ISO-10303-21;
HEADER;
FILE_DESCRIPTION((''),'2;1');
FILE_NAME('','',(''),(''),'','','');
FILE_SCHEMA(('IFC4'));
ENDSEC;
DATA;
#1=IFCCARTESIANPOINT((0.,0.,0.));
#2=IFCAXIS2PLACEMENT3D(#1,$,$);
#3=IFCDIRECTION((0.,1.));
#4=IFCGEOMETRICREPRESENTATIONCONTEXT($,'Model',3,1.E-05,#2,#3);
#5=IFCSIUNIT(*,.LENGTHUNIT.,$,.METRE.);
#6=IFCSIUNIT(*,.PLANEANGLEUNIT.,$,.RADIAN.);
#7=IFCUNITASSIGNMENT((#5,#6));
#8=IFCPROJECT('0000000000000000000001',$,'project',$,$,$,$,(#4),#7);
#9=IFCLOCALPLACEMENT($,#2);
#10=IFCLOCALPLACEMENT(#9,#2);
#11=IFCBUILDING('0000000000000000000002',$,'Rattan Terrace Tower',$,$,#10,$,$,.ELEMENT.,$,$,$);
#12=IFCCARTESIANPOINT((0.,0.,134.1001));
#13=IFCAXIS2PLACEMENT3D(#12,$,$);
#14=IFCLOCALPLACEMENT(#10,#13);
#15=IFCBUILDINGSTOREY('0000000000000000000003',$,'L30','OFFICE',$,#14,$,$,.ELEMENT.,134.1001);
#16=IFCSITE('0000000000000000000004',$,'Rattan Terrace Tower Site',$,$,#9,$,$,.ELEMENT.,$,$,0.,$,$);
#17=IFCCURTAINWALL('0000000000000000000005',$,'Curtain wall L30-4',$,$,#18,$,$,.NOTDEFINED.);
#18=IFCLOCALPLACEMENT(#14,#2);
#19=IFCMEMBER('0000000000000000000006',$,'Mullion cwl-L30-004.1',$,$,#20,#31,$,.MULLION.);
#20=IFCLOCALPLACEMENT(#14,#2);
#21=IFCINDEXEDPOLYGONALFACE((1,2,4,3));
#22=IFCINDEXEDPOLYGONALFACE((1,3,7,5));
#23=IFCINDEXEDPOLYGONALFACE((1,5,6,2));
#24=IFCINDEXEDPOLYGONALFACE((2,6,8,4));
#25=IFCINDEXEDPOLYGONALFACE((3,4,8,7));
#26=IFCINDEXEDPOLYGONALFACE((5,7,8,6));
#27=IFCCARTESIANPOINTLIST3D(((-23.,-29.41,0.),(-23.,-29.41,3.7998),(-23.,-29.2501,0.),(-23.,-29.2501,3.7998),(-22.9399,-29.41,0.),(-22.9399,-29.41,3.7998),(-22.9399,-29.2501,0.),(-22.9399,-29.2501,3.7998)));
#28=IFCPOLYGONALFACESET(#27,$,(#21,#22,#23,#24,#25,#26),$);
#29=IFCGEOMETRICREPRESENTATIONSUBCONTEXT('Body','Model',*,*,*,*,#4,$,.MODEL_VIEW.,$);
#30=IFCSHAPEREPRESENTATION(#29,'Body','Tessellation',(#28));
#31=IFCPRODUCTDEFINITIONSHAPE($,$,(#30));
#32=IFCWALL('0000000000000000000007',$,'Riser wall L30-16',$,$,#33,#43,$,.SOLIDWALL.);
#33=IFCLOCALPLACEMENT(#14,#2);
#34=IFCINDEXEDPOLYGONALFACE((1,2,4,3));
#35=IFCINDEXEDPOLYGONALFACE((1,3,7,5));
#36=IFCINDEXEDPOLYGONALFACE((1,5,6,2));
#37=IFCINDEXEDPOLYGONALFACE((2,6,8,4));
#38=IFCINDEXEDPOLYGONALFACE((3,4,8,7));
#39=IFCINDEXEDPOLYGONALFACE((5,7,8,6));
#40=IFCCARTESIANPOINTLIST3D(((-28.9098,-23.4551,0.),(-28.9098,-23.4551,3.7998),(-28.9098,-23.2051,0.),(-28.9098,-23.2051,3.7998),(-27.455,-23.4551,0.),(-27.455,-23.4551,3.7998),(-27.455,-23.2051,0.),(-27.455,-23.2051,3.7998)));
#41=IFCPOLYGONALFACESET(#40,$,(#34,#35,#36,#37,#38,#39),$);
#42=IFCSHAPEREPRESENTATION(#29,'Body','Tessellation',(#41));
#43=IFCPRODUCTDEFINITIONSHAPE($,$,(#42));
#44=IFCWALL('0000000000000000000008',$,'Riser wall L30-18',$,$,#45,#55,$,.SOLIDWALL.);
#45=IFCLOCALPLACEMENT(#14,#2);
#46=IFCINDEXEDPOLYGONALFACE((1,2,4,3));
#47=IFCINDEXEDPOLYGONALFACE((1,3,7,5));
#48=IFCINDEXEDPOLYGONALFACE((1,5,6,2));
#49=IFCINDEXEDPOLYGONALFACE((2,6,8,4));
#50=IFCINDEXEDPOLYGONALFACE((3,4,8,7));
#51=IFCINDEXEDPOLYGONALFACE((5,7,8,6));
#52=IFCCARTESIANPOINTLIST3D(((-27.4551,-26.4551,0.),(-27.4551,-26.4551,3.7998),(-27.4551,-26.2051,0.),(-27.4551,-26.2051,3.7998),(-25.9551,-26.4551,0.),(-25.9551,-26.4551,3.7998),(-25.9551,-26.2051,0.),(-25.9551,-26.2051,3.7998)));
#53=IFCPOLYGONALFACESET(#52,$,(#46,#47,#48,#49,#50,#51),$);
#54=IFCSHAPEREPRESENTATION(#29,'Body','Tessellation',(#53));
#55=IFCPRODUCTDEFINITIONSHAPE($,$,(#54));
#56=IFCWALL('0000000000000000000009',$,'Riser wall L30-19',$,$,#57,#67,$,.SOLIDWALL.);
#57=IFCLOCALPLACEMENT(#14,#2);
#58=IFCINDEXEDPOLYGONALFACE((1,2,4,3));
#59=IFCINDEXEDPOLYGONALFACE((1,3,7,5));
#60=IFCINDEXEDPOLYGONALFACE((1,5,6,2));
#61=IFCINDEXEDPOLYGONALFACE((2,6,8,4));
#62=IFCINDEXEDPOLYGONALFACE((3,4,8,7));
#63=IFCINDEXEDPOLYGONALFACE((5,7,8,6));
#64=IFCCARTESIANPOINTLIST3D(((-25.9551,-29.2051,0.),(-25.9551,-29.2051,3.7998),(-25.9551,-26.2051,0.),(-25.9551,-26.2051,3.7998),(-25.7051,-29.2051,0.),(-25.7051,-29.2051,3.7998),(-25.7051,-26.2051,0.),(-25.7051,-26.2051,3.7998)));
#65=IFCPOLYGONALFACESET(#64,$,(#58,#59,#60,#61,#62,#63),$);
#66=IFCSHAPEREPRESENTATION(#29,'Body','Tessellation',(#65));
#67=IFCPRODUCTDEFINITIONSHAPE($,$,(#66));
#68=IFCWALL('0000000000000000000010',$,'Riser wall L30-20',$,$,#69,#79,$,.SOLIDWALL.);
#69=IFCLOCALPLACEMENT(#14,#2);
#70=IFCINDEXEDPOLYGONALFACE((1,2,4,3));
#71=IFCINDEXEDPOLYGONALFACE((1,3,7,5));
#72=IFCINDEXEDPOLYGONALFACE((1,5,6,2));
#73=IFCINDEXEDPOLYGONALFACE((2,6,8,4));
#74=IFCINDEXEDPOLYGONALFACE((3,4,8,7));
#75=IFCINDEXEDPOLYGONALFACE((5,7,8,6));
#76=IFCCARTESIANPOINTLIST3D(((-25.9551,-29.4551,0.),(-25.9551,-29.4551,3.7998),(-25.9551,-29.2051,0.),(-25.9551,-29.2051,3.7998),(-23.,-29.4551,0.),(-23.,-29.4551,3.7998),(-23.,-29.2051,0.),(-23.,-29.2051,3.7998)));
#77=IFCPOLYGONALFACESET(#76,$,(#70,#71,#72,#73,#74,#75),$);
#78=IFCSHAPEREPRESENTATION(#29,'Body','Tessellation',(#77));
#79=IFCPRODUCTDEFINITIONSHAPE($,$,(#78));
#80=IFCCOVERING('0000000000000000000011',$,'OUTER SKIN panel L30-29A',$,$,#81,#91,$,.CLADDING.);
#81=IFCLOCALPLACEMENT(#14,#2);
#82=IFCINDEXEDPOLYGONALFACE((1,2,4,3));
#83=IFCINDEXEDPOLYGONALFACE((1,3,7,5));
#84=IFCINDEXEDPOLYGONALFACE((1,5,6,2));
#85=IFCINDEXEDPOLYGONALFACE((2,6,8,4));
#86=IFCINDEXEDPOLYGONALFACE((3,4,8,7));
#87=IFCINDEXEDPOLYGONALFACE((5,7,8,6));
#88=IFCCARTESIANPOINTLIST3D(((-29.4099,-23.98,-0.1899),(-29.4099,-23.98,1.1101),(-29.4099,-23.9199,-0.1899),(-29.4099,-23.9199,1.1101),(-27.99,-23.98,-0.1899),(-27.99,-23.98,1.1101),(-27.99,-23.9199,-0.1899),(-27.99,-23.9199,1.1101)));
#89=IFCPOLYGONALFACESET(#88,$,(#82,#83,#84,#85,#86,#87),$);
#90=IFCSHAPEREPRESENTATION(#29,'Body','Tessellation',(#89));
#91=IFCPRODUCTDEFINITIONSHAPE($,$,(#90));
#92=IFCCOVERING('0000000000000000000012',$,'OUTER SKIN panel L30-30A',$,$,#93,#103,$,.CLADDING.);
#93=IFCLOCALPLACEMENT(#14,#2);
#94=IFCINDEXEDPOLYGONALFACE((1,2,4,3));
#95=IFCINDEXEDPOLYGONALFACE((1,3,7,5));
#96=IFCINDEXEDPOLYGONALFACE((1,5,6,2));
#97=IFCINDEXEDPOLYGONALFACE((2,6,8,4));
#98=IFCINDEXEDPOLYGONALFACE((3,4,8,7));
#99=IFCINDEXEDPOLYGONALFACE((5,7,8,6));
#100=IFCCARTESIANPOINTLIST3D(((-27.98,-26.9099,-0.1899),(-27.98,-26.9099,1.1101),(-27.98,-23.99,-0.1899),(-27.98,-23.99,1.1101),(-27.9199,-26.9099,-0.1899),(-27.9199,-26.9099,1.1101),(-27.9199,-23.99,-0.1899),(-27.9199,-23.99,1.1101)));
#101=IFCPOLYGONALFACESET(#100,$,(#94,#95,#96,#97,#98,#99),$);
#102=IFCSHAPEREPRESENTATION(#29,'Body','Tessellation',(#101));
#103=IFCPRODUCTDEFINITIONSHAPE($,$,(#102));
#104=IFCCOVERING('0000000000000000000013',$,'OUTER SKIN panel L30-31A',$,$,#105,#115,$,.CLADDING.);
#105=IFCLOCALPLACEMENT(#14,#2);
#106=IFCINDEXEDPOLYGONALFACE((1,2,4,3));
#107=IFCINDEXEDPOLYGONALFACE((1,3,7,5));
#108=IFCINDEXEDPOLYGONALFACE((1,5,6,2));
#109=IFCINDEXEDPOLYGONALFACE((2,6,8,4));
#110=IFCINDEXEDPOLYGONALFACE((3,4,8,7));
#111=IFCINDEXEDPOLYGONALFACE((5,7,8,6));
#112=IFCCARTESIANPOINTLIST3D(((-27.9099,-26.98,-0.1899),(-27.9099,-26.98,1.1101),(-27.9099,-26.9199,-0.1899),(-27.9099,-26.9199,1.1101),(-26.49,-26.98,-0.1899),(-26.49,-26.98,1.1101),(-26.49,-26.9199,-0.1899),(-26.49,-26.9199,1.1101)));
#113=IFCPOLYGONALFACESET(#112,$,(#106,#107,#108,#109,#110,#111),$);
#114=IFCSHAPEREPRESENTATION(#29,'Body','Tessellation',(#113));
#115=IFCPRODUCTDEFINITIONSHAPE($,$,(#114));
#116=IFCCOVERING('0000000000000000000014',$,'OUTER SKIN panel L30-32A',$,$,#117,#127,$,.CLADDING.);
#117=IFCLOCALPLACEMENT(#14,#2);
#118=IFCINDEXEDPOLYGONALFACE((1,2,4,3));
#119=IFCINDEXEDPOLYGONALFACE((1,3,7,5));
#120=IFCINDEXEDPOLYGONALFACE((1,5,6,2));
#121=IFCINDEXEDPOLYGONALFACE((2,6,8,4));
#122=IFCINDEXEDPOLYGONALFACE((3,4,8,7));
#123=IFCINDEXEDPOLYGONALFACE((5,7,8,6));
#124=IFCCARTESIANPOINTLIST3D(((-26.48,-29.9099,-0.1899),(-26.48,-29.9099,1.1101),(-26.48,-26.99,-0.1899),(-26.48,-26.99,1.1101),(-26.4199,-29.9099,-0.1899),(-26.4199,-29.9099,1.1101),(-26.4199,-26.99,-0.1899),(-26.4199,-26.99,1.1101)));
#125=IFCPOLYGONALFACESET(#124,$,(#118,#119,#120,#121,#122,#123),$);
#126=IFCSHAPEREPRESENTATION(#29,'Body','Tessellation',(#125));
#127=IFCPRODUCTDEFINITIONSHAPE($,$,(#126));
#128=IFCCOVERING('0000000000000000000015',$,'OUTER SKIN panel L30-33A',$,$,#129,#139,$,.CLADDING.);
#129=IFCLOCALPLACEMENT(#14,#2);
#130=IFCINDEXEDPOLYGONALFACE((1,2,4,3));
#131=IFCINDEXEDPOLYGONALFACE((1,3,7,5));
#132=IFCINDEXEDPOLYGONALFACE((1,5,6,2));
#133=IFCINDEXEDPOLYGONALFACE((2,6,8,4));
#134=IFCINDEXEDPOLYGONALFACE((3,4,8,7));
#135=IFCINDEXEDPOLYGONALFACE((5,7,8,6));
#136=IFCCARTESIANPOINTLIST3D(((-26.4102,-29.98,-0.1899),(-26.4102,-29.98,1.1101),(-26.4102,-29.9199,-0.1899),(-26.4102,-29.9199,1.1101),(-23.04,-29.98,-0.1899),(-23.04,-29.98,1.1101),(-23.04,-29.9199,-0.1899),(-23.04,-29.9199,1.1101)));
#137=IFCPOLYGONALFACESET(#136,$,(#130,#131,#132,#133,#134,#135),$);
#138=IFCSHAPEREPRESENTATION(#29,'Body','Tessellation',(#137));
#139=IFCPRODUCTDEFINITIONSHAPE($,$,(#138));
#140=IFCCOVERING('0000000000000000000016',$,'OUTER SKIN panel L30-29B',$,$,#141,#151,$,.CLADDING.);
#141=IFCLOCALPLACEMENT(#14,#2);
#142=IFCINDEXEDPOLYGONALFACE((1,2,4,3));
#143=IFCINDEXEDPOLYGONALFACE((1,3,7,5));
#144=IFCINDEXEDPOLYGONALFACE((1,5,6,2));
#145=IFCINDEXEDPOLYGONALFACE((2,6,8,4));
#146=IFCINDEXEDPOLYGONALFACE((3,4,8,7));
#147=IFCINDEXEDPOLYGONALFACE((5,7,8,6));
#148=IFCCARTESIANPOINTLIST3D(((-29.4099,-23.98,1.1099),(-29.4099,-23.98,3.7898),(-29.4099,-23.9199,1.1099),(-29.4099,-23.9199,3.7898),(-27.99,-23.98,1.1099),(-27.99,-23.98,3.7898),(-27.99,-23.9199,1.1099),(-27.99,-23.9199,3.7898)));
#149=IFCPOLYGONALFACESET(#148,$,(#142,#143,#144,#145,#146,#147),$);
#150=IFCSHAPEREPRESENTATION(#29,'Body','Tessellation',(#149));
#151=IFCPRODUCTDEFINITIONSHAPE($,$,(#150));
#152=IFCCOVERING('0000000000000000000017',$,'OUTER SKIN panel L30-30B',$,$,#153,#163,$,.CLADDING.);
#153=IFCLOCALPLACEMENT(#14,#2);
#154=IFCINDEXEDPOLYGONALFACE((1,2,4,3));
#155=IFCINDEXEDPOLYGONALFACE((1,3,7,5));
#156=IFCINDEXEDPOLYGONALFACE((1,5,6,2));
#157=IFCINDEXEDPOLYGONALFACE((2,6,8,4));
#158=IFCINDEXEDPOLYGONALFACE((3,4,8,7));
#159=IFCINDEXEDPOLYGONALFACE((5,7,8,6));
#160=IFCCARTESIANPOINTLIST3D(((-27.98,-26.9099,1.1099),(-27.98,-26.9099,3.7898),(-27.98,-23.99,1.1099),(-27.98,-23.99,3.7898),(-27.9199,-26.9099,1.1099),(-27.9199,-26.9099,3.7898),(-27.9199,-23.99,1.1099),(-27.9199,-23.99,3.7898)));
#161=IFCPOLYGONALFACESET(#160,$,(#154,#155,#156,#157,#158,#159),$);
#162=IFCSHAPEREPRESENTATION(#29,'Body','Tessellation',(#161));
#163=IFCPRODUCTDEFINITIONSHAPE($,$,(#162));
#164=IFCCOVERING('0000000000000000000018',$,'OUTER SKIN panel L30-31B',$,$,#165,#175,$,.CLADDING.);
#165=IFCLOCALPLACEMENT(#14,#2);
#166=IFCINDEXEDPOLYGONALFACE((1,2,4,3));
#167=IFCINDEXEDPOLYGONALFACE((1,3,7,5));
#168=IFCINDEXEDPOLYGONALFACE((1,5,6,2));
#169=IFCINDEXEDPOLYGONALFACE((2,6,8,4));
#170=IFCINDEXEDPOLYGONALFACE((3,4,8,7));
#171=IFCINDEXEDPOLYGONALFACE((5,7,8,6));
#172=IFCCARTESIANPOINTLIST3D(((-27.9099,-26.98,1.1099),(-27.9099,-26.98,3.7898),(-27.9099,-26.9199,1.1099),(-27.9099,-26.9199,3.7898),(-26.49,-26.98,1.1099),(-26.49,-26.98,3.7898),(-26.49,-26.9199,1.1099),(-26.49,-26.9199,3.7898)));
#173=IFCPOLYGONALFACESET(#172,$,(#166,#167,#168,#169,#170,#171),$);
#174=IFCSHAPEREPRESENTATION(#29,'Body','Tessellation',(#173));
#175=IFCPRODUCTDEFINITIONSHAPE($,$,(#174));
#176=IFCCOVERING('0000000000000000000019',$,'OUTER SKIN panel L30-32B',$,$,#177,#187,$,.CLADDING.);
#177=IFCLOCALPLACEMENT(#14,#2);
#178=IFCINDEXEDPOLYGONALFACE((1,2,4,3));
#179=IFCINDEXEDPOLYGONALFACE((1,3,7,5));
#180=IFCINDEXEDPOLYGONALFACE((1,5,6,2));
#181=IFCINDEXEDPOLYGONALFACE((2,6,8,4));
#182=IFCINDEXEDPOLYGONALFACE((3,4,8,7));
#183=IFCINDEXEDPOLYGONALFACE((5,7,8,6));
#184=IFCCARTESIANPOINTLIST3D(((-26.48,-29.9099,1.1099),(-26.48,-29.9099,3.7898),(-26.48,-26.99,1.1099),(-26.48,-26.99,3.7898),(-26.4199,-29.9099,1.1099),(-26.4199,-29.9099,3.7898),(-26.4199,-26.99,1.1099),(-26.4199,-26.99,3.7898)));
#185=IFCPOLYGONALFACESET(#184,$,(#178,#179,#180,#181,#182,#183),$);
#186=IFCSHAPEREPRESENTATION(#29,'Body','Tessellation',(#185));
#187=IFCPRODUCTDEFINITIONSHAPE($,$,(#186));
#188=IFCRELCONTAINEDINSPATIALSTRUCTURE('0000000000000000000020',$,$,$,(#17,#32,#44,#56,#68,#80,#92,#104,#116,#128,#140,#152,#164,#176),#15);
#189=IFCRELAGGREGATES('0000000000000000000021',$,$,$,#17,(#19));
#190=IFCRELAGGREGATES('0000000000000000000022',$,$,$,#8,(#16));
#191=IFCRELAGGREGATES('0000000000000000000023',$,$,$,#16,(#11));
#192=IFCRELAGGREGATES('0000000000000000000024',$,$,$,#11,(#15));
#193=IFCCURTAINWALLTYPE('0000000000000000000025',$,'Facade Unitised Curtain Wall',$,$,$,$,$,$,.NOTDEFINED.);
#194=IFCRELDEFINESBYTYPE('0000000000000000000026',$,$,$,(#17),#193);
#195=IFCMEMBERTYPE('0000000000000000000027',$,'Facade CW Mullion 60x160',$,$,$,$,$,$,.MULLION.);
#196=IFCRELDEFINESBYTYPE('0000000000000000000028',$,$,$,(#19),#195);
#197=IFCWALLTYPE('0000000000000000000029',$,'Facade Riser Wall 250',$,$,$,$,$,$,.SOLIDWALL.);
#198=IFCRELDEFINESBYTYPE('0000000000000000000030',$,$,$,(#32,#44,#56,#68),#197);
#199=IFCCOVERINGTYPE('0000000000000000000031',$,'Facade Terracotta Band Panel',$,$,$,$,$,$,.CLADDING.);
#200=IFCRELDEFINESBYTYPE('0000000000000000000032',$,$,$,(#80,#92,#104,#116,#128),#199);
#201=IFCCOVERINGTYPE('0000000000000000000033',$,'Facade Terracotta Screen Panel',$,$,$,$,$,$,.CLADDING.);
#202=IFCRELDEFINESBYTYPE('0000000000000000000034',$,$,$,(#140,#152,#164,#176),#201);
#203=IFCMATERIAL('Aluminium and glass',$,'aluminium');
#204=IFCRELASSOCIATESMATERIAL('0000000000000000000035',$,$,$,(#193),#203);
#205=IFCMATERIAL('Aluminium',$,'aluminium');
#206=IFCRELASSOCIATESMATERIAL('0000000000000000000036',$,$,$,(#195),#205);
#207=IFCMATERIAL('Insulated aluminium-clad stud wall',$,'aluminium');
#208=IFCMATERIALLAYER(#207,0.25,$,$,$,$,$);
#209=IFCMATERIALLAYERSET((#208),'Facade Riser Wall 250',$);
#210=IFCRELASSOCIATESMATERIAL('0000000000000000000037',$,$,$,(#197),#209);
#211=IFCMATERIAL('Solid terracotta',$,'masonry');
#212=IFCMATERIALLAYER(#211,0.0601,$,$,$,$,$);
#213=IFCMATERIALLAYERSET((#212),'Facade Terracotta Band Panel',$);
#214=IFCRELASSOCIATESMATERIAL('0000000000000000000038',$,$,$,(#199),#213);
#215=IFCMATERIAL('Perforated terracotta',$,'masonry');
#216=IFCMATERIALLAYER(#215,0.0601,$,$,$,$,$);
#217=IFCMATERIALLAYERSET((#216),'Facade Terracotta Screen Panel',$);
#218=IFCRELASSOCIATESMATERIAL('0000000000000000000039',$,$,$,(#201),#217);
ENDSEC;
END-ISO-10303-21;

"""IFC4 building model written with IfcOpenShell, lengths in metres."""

from ifc_helpers import new_model, si_unit, direction, frame, frame_2d, origin, origin_2d, place, context, subcontext, project, spatial, rectangle, extrude, material, layer, layer_set, material_profile, profile_set, type_object, element, aggregate, save


model = new_model("IFC4")

# Units and contexts
model_context = context("Model", 3, precision=1e-05, world=origin(), true_north=direction((0.0, 1.0)))
body_context = subcontext(model_context, "Body", "Model", "MODEL_VIEW")
ifc_project = project(units=[si_unit("LENGTHUNIT", "METRE"), si_unit("PLANEANGLEUNIT", "RADIAN")], contexts=[model_context])

# Site, building, storey
site_placement = place(None, origin())
site = spatial("IfcSite", under=ifc_project, at=site_placement, Name="Rattan Terrace Tower Site", CompositionType="ELEMENT", RefElevation=0.0)
building_placement = place(site_placement, origin())
building = spatial("IfcBuilding", under=site, at=building_placement, Name="Rattan Terrace Tower", CompositionType="ELEMENT")
storey_placement = place(building_placement, frame((0.0, 0.0, 134.1001)))
storey = spatial("IfcBuildingStorey", under=building, at=storey_placement, Name="L30", Description="OFFICE", CompositionType="ELEMENT", Elevation=134.1001)

# Curtain wall, member
ifc_material_1 = material(Name="Aluminium and glass", Category="aluminium")
curtain_wall_type = type_object("IfcCurtainWallType", Name="Facade Unitised Curtain Wall", PredefinedType="NOTDEFINED", material=ifc_material_1)
curtain_wall_placement = place(storey_placement, origin())
curtain_wall = element("IfcCurtainWall", 1, at=curtain_wall_placement, inside=storey, type_object=curtain_wall_type, Name="Curtain wall L30-4", PredefinedType="NOTDEFINED")
ifc_material_2 = material(Name="Aluminium", Category="aluminium")
ifc_material_profile = material_profile(ifc_material_2, rectangle(XDim=0.0601, YDim=0.1599, at=origin_2d()), Name="Aluminium 60x160")
ifc_profile_set = profile_set([ifc_material_profile], Name="Aluminium")
member_type = type_object("IfcMemberType", Name="Facade CW Mullion 60x160", PredefinedType="MULLION", material=ifc_profile_set)
member_placement = place(storey_placement, frame((-22.97, -29.3301, 0.0), z_axis=(0.0, 0.0, 1.0), x_axis=(1.0, 0.0, 0.0)))
member = element("IfcMember", 2, at=member_placement, type_object=member_type, Name="Mullion cwl-L30-004.1", PredefinedType="MULLION", context=body_context, shape_type="SweptSolid", body=[
    extrude(rectangle(XDim=0.0601, YDim=0.1599, at=origin_2d()), origin(), (0.0, 0.0, 1.0), 3.7998),
])
aggregate(curtain_wall, [member])

# Walls
ifc_material_3 = material(Name="Insulated aluminium-clad stud wall", Category="aluminium")
ifc_layer_1 = layer(ifc_material_3, 0.25)
ifc_layer_set_1 = layer_set([ifc_layer_1], Name="Facade Riser Wall 250")
wall_type = type_object("IfcWallType", Name="Facade Riser Wall 250", PredefinedType="SOLIDWALL", material=ifc_layer_set_1)
wall_1_placement = place(storey_placement, frame((-28.9099, -23.3301, 0.0), z_axis=(0.0, 0.0, 1.0), x_axis=(1.0, 0.0, 0.0)))
element("IfcWall", 3, at=wall_1_placement, inside=storey, type_object=wall_type, Name="Riser wall L30-16", PredefinedType="SOLIDWALL", context=body_context, shape_type="SweptSolid", body=[
    extrude(rectangle(XDim=1.4548, YDim=0.25, at=frame_2d((0.7275, 0.0))), origin(), (0.0, 0.0, 1.0), 3.7998),
])
wall_2_placement = place(storey_placement, frame((-27.4551, -26.3301, 0.0), z_axis=(0.0, 0.0, 1.0), x_axis=(1.0, 0.0, 0.0)))
element("IfcWall", 4, at=wall_2_placement, inside=storey, type_object=wall_type, Name="Riser wall L30-18", PredefinedType="SOLIDWALL", context=body_context, shape_type="SweptSolid", body=[
    extrude(rectangle(XDim=1.5, YDim=0.25, at=frame_2d((0.75, 0.0))), origin(), (0.0, 0.0, 1.0), 3.7998),
])
wall_3_placement = place(storey_placement, frame((-25.8301, -26.2051, 0.0), z_axis=(0.0, 0.0, 1.0), x_axis=(0.0, -1.0, 0.0)))
element("IfcWall", 5, at=wall_3_placement, inside=storey, type_object=wall_type, Name="Riser wall L30-19", PredefinedType="SOLIDWALL", context=body_context, shape_type="SweptSolid", body=[
    extrude(rectangle(XDim=3.0, YDim=0.25, at=frame_2d((1.5, 0.0))), origin(), (0.0, 0.0, 1.0), 3.7998),
])
wall_4_placement = place(storey_placement, frame((-25.9551, -29.3301, 0.0), z_axis=(0.0, 0.0, 1.0), x_axis=(1.0, 0.0, 0.0)))
element("IfcWall", 6, at=wall_4_placement, inside=storey, type_object=wall_type, Name="Riser wall L30-20", PredefinedType="SOLIDWALL", context=body_context, shape_type="SweptSolid", body=[
    extrude(rectangle(XDim=2.9551, YDim=0.25, at=frame_2d((1.4775, 0.0))), origin(), (0.0, 0.0, 1.0), 3.7998),
])

# Coverings
ifc_material_4 = material(Name="Solid terracotta", Category="masonry")
ifc_layer_2 = layer(ifc_material_4, 0.0601)
ifc_layer_set_2 = layer_set([ifc_layer_2], Name="Facade Terracotta Band Panel")
covering_type_1 = type_object("IfcCoveringType", Name="Facade Terracotta Band Panel", PredefinedType="CLADDING", material=ifc_layer_set_2)
covering_1_placement = place(storey_placement, frame((-28.7, -23.95, -0.1899), z_axis=(0.0, 0.0, 1.0), x_axis=(1.0, 0.0, 0.0)))
element("IfcCovering", 7, at=covering_1_placement, inside=storey, type_object=covering_type_1, Name="OUTER SKIN panel L30-29A", PredefinedType="CLADDING", context=body_context, shape_type="SweptSolid", body=[
    extrude(rectangle(XDim=1.4199, YDim=0.0601, at=origin_2d()), origin(), (0.0, 0.0, 1.0), 1.3),
])
covering_2_placement = place(storey_placement, frame((-27.95, -25.45, -0.1899), z_axis=(0.0, 0.0, 1.0), x_axis=(0.0, -1.0, 0.0)))
element("IfcCovering", 8, at=covering_2_placement, inside=storey, type_object=covering_type_1, Name="OUTER SKIN panel L30-30A", PredefinedType="CLADDING", context=body_context, shape_type="SweptSolid", body=[
    extrude(rectangle(XDim=2.9199, YDim=0.0601, at=origin_2d()), origin(), (0.0, 0.0, 1.0), 1.3),
])
covering_3_placement = place(storey_placement, frame((-27.2, -26.95, -0.1899), z_axis=(0.0, 0.0, 1.0), x_axis=(1.0, 0.0, 0.0)))
element("IfcCovering", 9, at=covering_3_placement, inside=storey, type_object=covering_type_1, Name="OUTER SKIN panel L30-31A", PredefinedType="CLADDING", context=body_context, shape_type="SweptSolid", body=[
    extrude(rectangle(XDim=1.4199, YDim=0.0601, at=origin_2d()), origin(), (0.0, 0.0, 1.0), 1.3),
])
covering_4_placement = place(storey_placement, frame((-26.45, -28.45, -0.1899), z_axis=(0.0, 0.0, 1.0), x_axis=(0.0, -1.0, 0.0)))
element("IfcCovering", 10, at=covering_4_placement, inside=storey, type_object=covering_type_1, Name="OUTER SKIN panel L30-32A", PredefinedType="CLADDING", context=body_context, shape_type="SweptSolid", body=[
    extrude(rectangle(XDim=2.9199, YDim=0.0601, at=origin_2d()), origin(), (0.0, 0.0, 1.0), 1.3),
])
covering_5_placement = place(storey_placement, frame((-24.7251, -29.95, -0.1899), z_axis=(0.0, 0.0, 1.0), x_axis=(1.0, 0.0, 0.0)))
element("IfcCovering", 11, at=covering_5_placement, inside=storey, type_object=covering_type_1, Name="OUTER SKIN panel L30-33A", PredefinedType="CLADDING", context=body_context, shape_type="SweptSolid", body=[
    extrude(rectangle(XDim=3.3701, YDim=0.0601, at=origin_2d()), origin(), (0.0, 0.0, 1.0), 1.3),
])
ifc_material_5 = material(Name="Perforated terracotta", Category="masonry")
ifc_layer_3 = layer(ifc_material_5, 0.0601)
ifc_layer_set_3 = layer_set([ifc_layer_3], Name="Facade Terracotta Screen Panel")
covering_type_2 = type_object("IfcCoveringType", Name="Facade Terracotta Screen Panel", PredefinedType="CLADDING", material=ifc_layer_set_3)
covering_6_placement = place(storey_placement, frame((-28.7, -23.95, 1.1099), z_axis=(0.0, 0.0, 1.0), x_axis=(1.0, 0.0, 0.0)))
element("IfcCovering", 12, at=covering_6_placement, inside=storey, type_object=covering_type_2, Name="OUTER SKIN panel L30-29B", PredefinedType="CLADDING", context=body_context, shape_type="SweptSolid", body=[
    extrude(rectangle(XDim=1.4199, YDim=0.0601, at=origin_2d()), origin(), (0.0, 0.0, 1.0), 2.6799),
])
covering_7_placement = place(storey_placement, frame((-27.95, -25.45, 1.1099), z_axis=(0.0, 0.0, 1.0), x_axis=(0.0, -1.0, 0.0)))
element("IfcCovering", 13, at=covering_7_placement, inside=storey, type_object=covering_type_2, Name="OUTER SKIN panel L30-30B", PredefinedType="CLADDING", context=body_context, shape_type="SweptSolid", body=[
    extrude(rectangle(XDim=2.9199, YDim=0.0601, at=origin_2d()), origin(), (0.0, 0.0, 1.0), 2.6799),
])
covering_8_placement = place(storey_placement, frame((-27.2, -26.95, 1.1099), z_axis=(0.0, 0.0, 1.0), x_axis=(1.0, 0.0, 0.0)))
element("IfcCovering", 14, at=covering_8_placement, inside=storey, type_object=covering_type_2, Name="OUTER SKIN panel L30-31B", PredefinedType="CLADDING", context=body_context, shape_type="SweptSolid", body=[
    extrude(rectangle(XDim=1.4199, YDim=0.0601, at=origin_2d()), origin(), (0.0, 0.0, 1.0), 2.6799),
])
covering_9_placement = place(storey_placement, frame((-26.45, -28.45, 1.1099), z_axis=(0.0, 0.0, 1.0), x_axis=(0.0, -1.0, 0.0)))
element("IfcCovering", 15, at=covering_9_placement, inside=storey, type_object=covering_type_2, Name="OUTER SKIN panel L30-32B", PredefinedType="CLADDING", context=body_context, shape_type="SweptSolid", body=[
    extrude(rectangle(XDim=2.9199, YDim=0.0601, at=origin_2d()), origin(), (0.0, 0.0, 1.0), 2.6799),
])

save(model, "model.ifc")
